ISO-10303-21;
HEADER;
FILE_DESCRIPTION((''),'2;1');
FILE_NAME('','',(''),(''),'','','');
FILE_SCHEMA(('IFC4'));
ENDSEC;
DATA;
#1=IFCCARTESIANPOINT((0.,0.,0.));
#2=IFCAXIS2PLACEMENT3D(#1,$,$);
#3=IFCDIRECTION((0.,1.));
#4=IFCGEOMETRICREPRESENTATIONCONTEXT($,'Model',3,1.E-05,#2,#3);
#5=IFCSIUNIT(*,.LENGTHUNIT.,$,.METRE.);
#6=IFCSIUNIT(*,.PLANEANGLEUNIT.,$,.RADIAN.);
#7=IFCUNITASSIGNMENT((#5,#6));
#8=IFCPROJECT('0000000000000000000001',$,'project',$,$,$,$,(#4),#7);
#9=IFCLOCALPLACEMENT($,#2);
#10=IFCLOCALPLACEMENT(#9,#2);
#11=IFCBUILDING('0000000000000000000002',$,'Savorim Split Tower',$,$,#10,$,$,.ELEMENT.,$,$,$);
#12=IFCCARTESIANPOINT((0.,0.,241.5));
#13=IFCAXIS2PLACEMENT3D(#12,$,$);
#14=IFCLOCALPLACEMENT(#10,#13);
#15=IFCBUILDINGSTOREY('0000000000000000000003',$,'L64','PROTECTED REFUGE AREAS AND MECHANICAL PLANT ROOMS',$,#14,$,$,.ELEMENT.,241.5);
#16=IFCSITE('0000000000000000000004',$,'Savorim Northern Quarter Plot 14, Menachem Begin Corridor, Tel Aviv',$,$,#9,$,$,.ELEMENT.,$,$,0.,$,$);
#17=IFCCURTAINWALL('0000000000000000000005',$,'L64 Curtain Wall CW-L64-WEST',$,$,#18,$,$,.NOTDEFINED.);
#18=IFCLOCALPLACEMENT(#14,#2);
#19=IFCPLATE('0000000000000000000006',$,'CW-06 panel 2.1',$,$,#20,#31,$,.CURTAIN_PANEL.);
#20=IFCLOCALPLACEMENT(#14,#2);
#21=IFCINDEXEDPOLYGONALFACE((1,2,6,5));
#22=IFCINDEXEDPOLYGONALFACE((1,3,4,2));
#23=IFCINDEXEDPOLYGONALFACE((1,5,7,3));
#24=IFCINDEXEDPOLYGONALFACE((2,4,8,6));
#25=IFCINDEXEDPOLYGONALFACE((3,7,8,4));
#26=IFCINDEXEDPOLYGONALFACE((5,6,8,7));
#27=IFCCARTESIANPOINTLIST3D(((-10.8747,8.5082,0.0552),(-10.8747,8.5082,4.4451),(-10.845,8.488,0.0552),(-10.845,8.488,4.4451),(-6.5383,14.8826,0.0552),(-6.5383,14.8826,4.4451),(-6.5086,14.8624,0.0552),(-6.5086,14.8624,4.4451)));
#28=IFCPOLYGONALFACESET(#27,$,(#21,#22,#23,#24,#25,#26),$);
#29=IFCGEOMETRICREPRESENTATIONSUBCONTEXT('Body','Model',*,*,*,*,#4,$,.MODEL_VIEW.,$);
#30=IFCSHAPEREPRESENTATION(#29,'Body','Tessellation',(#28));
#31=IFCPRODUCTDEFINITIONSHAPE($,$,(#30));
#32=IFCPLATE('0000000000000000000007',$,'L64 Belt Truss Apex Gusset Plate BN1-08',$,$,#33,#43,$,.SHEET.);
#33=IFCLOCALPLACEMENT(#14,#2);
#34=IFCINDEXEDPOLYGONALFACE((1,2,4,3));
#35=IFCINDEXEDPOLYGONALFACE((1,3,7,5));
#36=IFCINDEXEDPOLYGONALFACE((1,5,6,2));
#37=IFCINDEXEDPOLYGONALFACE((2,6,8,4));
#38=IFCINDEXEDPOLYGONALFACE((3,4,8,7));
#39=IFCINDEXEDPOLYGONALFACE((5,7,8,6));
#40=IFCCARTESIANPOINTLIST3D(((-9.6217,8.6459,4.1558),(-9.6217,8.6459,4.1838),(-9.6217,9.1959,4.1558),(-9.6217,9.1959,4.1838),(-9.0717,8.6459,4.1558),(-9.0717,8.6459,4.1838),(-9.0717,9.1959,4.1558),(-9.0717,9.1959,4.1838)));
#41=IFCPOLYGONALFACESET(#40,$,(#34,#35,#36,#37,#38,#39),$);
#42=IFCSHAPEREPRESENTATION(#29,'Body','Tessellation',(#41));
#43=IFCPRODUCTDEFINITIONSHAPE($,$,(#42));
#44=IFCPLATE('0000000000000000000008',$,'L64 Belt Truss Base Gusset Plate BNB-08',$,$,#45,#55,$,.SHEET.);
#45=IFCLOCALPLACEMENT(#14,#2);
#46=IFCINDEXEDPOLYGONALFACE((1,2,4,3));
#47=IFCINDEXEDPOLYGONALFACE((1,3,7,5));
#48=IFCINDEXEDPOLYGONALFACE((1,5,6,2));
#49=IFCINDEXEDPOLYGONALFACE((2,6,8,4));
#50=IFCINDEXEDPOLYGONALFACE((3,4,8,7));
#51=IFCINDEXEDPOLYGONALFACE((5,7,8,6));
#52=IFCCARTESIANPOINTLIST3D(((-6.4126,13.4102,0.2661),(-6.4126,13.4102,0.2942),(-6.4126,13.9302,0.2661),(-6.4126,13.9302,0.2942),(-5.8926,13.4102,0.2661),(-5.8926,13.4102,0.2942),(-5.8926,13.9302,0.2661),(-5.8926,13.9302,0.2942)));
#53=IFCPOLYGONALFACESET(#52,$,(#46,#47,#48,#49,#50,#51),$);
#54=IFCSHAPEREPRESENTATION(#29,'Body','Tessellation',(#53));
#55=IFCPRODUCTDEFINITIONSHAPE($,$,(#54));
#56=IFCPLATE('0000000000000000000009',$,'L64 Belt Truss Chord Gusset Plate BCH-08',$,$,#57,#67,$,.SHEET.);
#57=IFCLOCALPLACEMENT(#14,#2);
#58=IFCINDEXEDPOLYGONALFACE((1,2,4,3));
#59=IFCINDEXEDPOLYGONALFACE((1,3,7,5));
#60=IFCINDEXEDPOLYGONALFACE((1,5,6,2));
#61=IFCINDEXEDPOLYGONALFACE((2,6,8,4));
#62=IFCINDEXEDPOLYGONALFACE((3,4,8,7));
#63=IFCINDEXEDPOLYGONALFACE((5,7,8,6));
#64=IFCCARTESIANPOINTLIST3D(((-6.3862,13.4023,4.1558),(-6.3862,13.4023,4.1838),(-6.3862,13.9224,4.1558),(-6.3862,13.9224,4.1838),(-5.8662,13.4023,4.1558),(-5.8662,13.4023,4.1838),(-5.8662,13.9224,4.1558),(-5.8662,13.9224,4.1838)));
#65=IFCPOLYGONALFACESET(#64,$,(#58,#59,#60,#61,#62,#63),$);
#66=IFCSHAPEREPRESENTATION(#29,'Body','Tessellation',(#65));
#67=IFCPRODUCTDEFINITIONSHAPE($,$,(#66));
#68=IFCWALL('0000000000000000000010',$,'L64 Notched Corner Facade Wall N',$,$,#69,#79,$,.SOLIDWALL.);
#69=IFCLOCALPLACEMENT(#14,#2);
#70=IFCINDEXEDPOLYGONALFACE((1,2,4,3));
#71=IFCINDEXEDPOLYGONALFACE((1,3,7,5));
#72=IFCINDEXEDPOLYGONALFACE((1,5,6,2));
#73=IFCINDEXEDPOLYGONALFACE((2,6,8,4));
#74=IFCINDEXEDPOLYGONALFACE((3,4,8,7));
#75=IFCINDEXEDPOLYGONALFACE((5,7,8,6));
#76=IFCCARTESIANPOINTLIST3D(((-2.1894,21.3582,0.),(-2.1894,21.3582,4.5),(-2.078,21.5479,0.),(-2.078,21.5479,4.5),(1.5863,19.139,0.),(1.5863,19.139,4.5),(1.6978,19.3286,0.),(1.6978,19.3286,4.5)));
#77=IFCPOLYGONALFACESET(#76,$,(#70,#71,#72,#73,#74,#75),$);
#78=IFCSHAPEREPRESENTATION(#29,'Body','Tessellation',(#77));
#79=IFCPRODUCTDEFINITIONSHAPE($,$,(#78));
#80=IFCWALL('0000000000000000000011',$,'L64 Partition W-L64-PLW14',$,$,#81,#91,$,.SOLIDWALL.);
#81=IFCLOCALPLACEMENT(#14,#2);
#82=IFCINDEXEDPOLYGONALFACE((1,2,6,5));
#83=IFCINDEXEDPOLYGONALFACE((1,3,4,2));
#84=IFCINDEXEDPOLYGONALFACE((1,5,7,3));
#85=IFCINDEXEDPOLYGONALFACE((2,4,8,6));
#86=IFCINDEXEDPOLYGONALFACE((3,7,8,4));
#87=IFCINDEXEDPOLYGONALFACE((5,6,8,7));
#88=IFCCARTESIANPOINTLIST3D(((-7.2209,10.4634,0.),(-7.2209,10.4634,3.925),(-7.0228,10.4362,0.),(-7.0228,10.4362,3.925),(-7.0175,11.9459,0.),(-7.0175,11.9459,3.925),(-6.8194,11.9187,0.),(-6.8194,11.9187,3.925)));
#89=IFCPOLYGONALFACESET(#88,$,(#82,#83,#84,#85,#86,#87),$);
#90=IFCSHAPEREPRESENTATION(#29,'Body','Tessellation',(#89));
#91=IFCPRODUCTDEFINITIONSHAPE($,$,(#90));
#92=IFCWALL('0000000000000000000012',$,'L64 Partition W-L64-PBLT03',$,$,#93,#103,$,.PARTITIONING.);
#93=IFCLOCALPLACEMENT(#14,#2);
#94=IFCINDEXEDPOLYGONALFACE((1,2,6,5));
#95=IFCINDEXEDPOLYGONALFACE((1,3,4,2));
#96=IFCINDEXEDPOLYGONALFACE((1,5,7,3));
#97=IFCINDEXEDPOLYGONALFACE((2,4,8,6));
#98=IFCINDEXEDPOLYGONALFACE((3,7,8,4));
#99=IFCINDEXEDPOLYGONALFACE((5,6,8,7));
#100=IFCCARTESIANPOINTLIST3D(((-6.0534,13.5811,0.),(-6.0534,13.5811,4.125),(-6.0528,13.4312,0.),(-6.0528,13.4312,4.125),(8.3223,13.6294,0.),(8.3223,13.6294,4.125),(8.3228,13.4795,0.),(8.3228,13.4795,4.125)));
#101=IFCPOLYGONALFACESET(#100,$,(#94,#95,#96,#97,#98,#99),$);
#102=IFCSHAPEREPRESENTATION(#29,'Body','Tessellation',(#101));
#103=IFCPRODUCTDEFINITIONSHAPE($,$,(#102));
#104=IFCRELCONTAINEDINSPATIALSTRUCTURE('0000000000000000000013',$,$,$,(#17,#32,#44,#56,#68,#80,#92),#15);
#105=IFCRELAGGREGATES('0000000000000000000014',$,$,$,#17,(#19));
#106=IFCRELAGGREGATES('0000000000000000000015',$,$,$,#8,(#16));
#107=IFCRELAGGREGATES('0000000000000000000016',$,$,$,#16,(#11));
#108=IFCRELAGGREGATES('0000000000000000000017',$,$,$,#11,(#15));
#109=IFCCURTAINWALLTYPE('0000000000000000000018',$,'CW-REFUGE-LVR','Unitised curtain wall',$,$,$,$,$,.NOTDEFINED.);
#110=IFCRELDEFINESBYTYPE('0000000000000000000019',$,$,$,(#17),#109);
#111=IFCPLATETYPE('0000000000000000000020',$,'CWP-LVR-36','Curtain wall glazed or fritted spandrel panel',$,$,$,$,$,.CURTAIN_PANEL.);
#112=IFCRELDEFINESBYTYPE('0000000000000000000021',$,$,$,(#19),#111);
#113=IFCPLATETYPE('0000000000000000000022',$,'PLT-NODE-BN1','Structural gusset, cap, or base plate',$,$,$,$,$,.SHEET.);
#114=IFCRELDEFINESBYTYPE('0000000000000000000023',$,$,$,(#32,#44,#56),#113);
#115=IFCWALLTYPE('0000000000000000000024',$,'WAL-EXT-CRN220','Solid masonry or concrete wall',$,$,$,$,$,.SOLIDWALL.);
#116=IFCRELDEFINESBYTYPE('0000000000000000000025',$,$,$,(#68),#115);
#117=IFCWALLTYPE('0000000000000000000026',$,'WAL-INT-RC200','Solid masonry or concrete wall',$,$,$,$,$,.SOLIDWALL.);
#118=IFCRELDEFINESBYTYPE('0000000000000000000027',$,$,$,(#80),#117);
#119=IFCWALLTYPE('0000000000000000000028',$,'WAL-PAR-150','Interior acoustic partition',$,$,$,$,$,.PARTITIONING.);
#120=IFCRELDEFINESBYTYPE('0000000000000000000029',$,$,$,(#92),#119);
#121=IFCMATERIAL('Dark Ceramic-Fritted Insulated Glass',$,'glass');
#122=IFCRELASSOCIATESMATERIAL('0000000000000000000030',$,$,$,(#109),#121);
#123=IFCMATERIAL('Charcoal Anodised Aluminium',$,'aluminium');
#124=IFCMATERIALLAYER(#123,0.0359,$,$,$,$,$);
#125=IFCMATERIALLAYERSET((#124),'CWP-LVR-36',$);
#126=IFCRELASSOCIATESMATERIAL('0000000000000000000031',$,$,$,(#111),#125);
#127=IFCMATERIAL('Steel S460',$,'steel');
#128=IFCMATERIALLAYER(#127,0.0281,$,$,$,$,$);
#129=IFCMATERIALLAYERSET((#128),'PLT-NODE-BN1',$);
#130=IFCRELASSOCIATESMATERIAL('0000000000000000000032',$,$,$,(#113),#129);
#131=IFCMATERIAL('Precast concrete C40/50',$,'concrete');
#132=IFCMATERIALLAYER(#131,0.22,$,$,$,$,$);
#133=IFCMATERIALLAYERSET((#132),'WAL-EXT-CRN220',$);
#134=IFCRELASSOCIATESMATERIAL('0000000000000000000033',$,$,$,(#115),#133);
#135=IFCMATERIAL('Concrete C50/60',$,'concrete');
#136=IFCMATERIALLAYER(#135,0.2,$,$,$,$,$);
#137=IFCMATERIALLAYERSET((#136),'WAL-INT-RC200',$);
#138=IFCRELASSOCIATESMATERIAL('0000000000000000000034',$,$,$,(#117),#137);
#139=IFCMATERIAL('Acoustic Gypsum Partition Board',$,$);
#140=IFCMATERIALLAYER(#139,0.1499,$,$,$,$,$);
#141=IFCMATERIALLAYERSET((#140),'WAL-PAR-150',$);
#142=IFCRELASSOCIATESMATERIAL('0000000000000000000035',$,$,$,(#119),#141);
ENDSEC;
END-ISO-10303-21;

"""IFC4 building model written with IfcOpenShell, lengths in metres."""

from ifc_helpers import new_model, si_unit, direction, frame, frame_2d, origin, origin_2d, place, context, subcontext, project, spatial, rectangle, extrude, material, layer, layer_set, type_object, element, aggregate, save


model = new_model("IFC4")

# Units and contexts
model_context = context("Model", 3, precision=1e-05, world=origin(), true_north=direction((0.0, 1.0)))
body_context = subcontext(model_context, "Body", "Model", "MODEL_VIEW")
ifc_project = project(units=[si_unit("LENGTHUNIT", "METRE"), si_unit("PLANEANGLEUNIT", "RADIAN")], contexts=[model_context])

# Site, building, storey
site_placement = place(None, origin())
site = spatial("IfcSite", under=ifc_project, at=site_placement, Name="Savorim Northern Quarter Plot 14, Menachem Begin Corridor, Tel Aviv", CompositionType="ELEMENT", RefElevation=0.0)
building_placement = place(site_placement, origin())
building = spatial("IfcBuilding", under=site, at=building_placement, Name="Savorim Split Tower", CompositionType="ELEMENT")
storey_placement = place(building_placement, frame((0.0, 0.0, 241.5)))
storey = spatial("IfcBuildingStorey", under=building, at=storey_placement, Name="L64", Description="PROTECTED REFUGE AREAS AND MECHANICAL PLANT ROOMS", CompositionType="ELEMENT", Elevation=241.5)

# Curtain wall
ifc_material_1 = material(Name="Dark Ceramic-Fritted Insulated Glass", Category="glass")
curtain_wall_type = type_object("IfcCurtainWallType", Name="CW-REFUGE-LVR", Description="Unitised curtain wall", PredefinedType="NOTDEFINED", material=ifc_material_1)
curtain_wall_placement = place(storey_placement, origin())
curtain_wall = element("IfcCurtainWall", 1, at=curtain_wall_placement, inside=storey, type_object=curtain_wall_type, Name="L64 Curtain Wall CW-L64-WEST", PredefinedType="NOTDEFINED")
ifc_material_2 = material(Name="Charcoal Anodised Aluminium", Category="aluminium")

# Shared definitions
ifc_material_3 = material(Name="Steel S460", Category="steel")

# Plate
ifc_layer_1 = layer(ifc_material_2, 0.0359)
ifc_layer_set_1 = layer_set([ifc_layer_1], Name="CWP-LVR-36")
plate_type_1 = type_object("IfcPlateType", Name="CWP-LVR-36", Description="Curtain wall glazed or fritted spandrel panel", PredefinedType="CURTAIN_PANEL", material=ifc_layer_set_1)
plate_1_placement = place(storey_placement, frame((-8.6917, 11.6853, 0.0552), z_axis=(0.0, 0.0, 1.0), x_axis=(-0.562469, -0.826818, 0.0)))
plate_1 = element("IfcPlate", 2, at=plate_1_placement, type_object=plate_type_1, Name="CW-06 panel 2.1", PredefinedType="CURTAIN_PANEL", context=body_context, shape_type="SweptSolid", body=[
    extrude(rectangle(XDim=7.7095, YDim=0.0359, at=origin_2d()), origin(), (0.0, 0.0, 1.0), 4.3899),
])
aggregate(curtain_wall, [plate_1])

# Plates
ifc_layer_2 = layer(ifc_material_3, 0.0281)
ifc_layer_set_2 = layer_set([ifc_layer_2], Name="PLT-NODE-BN1")
plate_type_2 = type_object("IfcPlateType", Name="PLT-NODE-BN1", Description="Structural gusset, cap, or base plate", PredefinedType="SHEET", material=ifc_layer_set_2)
plate_2_placement = place(storey_placement, frame((-9.3467, 8.9209, 4.1558), z_axis=(0.0, 0.0, 1.0), x_axis=(1.0, 0.0, 0.0)))
element("IfcPlate", 3, at=plate_2_placement, inside=storey, type_object=plate_type_2, Name="L64 Belt Truss Apex Gusset Plate BN1-08", PredefinedType="SHEET", context=body_context, shape_type="SweptSolid", body=[
    extrude(rectangle(XDim=0.55, YDim=0.55, at=origin_2d()), origin(), (0.0, 0.0, 1.0), 0.0281),
])
for number, where, z_axis, x_axis, name in (
    (4, (-6.1526, 13.6702, 0.2661), (0.0, 0.0, 1.0), (1.0, 0.0, 0.0), "L64 Belt Truss Base Gusset Plate BNB-08"),
    (5, (-6.1262, 13.6624, 4.1558), (0.0, 0.0, 1.0), (1.0, 0.0, 0.0), "L64 Belt Truss Chord Gusset Plate BCH-08"),
):
    element("IfcPlate", number, at=place(storey_placement, frame(where, z_axis=z_axis, x_axis=x_axis)), inside=storey, type_object=plate_type_2, Name=name, PredefinedType="SHEET", context=body_context, shape_type="SweptSolid", body=[
        extrude(rectangle(XDim=0.52, YDim=0.52, at=origin_2d()), origin(), (0.0, 0.0, 1.0), 0.0281),
    ])

# Walls
ifc_material_4 = material(Name="Precast concrete C40/50", Category="concrete")
ifc_layer_3 = layer(ifc_material_4, 0.22)
ifc_layer_set_3 = layer_set([ifc_layer_3], Name="WAL-EXT-CRN220")
wall_type_1 = type_object("IfcWallType", Name="WAL-EXT-CRN220", Description="Solid masonry or concrete wall", PredefinedType="SOLIDWALL", material=ifc_layer_set_3)
wall_1_placement = place(storey_placement, frame((-2.1338, 21.4531, 0.0), z_axis=(0.0, 0.0, 1.0), x_axis=(0.862106, -0.506728, 0.0)))
element("IfcWall", 6, at=wall_1_placement, inside=storey, type_object=wall_type_1, Name="L64 Notched Corner Facade Wall N", PredefinedType="SOLIDWALL", context=body_context, shape_type="SweptSolid", body=[
    extrude(rectangle(XDim=4.3796, YDim=0.22, at=frame_2d((2.1899, 0.0))), origin(), (0.0, 0.0, 1.0), 4.5),
])
ifc_material_5 = material(Name="Concrete C50/60", Category="concrete")
ifc_layer_4 = layer(ifc_material_5, 0.2)
ifc_layer_set_4 = layer_set([ifc_layer_4], Name="WAL-INT-RC200")
wall_type_2 = type_object("IfcWallType", Name="WAL-INT-RC200", Description="Solid masonry or concrete wall", PredefinedType="SOLIDWALL", material=ifc_layer_set_4)
wall_2_placement = place(storey_placement, frame((-7.1218, 10.45, 0.0), z_axis=(0.0, 0.0, 1.0), x_axis=(0.135914, 0.990721, 0.0)))
element("IfcWall", 7, at=wall_2_placement, inside=storey, type_object=wall_type_2, Name="L64 Partition W-L64-PLW14", PredefinedType="SOLIDWALL", context=body_context, shape_type="SweptSolid", body=[
    extrude(rectangle(XDim=1.4963, YDim=0.2, at=frame_2d((0.748, 0.0))), origin(), (0.0, 0.0, 1.0), 3.925),
])
ifc_material_6 = material(Name="Acoustic Gypsum Partition Board")
ifc_layer_5 = layer(ifc_material_6, 0.1499)
ifc_layer_set_5 = layer_set([ifc_layer_5], Name="WAL-PAR-150")
wall_type_3 = type_object("IfcWallType", Name="WAL-PAR-150", Description="Interior acoustic partition", PredefinedType="PARTITIONING", material=ifc_layer_set_5)
wall_3_placement = place(storey_placement, frame((-6.0532, 13.5061, 0.0), z_axis=(0.0, 0.0, 1.0), x_axis=(0.999994, 0.003363, 0.0)))
element("IfcWall", 8, at=wall_3_placement, inside=storey, type_object=wall_type_3, Name="L64 Partition W-L64-PBLT03", PredefinedType="PARTITIONING", context=body_context, shape_type="SweptSolid", body=[
    extrude(rectangle(XDim=14.3757, YDim=0.1499, at=frame_2d((7.188, 0.0))), origin(), (0.0, 0.0, 1.0), 4.125),
])

save(model, "model.ifc")
